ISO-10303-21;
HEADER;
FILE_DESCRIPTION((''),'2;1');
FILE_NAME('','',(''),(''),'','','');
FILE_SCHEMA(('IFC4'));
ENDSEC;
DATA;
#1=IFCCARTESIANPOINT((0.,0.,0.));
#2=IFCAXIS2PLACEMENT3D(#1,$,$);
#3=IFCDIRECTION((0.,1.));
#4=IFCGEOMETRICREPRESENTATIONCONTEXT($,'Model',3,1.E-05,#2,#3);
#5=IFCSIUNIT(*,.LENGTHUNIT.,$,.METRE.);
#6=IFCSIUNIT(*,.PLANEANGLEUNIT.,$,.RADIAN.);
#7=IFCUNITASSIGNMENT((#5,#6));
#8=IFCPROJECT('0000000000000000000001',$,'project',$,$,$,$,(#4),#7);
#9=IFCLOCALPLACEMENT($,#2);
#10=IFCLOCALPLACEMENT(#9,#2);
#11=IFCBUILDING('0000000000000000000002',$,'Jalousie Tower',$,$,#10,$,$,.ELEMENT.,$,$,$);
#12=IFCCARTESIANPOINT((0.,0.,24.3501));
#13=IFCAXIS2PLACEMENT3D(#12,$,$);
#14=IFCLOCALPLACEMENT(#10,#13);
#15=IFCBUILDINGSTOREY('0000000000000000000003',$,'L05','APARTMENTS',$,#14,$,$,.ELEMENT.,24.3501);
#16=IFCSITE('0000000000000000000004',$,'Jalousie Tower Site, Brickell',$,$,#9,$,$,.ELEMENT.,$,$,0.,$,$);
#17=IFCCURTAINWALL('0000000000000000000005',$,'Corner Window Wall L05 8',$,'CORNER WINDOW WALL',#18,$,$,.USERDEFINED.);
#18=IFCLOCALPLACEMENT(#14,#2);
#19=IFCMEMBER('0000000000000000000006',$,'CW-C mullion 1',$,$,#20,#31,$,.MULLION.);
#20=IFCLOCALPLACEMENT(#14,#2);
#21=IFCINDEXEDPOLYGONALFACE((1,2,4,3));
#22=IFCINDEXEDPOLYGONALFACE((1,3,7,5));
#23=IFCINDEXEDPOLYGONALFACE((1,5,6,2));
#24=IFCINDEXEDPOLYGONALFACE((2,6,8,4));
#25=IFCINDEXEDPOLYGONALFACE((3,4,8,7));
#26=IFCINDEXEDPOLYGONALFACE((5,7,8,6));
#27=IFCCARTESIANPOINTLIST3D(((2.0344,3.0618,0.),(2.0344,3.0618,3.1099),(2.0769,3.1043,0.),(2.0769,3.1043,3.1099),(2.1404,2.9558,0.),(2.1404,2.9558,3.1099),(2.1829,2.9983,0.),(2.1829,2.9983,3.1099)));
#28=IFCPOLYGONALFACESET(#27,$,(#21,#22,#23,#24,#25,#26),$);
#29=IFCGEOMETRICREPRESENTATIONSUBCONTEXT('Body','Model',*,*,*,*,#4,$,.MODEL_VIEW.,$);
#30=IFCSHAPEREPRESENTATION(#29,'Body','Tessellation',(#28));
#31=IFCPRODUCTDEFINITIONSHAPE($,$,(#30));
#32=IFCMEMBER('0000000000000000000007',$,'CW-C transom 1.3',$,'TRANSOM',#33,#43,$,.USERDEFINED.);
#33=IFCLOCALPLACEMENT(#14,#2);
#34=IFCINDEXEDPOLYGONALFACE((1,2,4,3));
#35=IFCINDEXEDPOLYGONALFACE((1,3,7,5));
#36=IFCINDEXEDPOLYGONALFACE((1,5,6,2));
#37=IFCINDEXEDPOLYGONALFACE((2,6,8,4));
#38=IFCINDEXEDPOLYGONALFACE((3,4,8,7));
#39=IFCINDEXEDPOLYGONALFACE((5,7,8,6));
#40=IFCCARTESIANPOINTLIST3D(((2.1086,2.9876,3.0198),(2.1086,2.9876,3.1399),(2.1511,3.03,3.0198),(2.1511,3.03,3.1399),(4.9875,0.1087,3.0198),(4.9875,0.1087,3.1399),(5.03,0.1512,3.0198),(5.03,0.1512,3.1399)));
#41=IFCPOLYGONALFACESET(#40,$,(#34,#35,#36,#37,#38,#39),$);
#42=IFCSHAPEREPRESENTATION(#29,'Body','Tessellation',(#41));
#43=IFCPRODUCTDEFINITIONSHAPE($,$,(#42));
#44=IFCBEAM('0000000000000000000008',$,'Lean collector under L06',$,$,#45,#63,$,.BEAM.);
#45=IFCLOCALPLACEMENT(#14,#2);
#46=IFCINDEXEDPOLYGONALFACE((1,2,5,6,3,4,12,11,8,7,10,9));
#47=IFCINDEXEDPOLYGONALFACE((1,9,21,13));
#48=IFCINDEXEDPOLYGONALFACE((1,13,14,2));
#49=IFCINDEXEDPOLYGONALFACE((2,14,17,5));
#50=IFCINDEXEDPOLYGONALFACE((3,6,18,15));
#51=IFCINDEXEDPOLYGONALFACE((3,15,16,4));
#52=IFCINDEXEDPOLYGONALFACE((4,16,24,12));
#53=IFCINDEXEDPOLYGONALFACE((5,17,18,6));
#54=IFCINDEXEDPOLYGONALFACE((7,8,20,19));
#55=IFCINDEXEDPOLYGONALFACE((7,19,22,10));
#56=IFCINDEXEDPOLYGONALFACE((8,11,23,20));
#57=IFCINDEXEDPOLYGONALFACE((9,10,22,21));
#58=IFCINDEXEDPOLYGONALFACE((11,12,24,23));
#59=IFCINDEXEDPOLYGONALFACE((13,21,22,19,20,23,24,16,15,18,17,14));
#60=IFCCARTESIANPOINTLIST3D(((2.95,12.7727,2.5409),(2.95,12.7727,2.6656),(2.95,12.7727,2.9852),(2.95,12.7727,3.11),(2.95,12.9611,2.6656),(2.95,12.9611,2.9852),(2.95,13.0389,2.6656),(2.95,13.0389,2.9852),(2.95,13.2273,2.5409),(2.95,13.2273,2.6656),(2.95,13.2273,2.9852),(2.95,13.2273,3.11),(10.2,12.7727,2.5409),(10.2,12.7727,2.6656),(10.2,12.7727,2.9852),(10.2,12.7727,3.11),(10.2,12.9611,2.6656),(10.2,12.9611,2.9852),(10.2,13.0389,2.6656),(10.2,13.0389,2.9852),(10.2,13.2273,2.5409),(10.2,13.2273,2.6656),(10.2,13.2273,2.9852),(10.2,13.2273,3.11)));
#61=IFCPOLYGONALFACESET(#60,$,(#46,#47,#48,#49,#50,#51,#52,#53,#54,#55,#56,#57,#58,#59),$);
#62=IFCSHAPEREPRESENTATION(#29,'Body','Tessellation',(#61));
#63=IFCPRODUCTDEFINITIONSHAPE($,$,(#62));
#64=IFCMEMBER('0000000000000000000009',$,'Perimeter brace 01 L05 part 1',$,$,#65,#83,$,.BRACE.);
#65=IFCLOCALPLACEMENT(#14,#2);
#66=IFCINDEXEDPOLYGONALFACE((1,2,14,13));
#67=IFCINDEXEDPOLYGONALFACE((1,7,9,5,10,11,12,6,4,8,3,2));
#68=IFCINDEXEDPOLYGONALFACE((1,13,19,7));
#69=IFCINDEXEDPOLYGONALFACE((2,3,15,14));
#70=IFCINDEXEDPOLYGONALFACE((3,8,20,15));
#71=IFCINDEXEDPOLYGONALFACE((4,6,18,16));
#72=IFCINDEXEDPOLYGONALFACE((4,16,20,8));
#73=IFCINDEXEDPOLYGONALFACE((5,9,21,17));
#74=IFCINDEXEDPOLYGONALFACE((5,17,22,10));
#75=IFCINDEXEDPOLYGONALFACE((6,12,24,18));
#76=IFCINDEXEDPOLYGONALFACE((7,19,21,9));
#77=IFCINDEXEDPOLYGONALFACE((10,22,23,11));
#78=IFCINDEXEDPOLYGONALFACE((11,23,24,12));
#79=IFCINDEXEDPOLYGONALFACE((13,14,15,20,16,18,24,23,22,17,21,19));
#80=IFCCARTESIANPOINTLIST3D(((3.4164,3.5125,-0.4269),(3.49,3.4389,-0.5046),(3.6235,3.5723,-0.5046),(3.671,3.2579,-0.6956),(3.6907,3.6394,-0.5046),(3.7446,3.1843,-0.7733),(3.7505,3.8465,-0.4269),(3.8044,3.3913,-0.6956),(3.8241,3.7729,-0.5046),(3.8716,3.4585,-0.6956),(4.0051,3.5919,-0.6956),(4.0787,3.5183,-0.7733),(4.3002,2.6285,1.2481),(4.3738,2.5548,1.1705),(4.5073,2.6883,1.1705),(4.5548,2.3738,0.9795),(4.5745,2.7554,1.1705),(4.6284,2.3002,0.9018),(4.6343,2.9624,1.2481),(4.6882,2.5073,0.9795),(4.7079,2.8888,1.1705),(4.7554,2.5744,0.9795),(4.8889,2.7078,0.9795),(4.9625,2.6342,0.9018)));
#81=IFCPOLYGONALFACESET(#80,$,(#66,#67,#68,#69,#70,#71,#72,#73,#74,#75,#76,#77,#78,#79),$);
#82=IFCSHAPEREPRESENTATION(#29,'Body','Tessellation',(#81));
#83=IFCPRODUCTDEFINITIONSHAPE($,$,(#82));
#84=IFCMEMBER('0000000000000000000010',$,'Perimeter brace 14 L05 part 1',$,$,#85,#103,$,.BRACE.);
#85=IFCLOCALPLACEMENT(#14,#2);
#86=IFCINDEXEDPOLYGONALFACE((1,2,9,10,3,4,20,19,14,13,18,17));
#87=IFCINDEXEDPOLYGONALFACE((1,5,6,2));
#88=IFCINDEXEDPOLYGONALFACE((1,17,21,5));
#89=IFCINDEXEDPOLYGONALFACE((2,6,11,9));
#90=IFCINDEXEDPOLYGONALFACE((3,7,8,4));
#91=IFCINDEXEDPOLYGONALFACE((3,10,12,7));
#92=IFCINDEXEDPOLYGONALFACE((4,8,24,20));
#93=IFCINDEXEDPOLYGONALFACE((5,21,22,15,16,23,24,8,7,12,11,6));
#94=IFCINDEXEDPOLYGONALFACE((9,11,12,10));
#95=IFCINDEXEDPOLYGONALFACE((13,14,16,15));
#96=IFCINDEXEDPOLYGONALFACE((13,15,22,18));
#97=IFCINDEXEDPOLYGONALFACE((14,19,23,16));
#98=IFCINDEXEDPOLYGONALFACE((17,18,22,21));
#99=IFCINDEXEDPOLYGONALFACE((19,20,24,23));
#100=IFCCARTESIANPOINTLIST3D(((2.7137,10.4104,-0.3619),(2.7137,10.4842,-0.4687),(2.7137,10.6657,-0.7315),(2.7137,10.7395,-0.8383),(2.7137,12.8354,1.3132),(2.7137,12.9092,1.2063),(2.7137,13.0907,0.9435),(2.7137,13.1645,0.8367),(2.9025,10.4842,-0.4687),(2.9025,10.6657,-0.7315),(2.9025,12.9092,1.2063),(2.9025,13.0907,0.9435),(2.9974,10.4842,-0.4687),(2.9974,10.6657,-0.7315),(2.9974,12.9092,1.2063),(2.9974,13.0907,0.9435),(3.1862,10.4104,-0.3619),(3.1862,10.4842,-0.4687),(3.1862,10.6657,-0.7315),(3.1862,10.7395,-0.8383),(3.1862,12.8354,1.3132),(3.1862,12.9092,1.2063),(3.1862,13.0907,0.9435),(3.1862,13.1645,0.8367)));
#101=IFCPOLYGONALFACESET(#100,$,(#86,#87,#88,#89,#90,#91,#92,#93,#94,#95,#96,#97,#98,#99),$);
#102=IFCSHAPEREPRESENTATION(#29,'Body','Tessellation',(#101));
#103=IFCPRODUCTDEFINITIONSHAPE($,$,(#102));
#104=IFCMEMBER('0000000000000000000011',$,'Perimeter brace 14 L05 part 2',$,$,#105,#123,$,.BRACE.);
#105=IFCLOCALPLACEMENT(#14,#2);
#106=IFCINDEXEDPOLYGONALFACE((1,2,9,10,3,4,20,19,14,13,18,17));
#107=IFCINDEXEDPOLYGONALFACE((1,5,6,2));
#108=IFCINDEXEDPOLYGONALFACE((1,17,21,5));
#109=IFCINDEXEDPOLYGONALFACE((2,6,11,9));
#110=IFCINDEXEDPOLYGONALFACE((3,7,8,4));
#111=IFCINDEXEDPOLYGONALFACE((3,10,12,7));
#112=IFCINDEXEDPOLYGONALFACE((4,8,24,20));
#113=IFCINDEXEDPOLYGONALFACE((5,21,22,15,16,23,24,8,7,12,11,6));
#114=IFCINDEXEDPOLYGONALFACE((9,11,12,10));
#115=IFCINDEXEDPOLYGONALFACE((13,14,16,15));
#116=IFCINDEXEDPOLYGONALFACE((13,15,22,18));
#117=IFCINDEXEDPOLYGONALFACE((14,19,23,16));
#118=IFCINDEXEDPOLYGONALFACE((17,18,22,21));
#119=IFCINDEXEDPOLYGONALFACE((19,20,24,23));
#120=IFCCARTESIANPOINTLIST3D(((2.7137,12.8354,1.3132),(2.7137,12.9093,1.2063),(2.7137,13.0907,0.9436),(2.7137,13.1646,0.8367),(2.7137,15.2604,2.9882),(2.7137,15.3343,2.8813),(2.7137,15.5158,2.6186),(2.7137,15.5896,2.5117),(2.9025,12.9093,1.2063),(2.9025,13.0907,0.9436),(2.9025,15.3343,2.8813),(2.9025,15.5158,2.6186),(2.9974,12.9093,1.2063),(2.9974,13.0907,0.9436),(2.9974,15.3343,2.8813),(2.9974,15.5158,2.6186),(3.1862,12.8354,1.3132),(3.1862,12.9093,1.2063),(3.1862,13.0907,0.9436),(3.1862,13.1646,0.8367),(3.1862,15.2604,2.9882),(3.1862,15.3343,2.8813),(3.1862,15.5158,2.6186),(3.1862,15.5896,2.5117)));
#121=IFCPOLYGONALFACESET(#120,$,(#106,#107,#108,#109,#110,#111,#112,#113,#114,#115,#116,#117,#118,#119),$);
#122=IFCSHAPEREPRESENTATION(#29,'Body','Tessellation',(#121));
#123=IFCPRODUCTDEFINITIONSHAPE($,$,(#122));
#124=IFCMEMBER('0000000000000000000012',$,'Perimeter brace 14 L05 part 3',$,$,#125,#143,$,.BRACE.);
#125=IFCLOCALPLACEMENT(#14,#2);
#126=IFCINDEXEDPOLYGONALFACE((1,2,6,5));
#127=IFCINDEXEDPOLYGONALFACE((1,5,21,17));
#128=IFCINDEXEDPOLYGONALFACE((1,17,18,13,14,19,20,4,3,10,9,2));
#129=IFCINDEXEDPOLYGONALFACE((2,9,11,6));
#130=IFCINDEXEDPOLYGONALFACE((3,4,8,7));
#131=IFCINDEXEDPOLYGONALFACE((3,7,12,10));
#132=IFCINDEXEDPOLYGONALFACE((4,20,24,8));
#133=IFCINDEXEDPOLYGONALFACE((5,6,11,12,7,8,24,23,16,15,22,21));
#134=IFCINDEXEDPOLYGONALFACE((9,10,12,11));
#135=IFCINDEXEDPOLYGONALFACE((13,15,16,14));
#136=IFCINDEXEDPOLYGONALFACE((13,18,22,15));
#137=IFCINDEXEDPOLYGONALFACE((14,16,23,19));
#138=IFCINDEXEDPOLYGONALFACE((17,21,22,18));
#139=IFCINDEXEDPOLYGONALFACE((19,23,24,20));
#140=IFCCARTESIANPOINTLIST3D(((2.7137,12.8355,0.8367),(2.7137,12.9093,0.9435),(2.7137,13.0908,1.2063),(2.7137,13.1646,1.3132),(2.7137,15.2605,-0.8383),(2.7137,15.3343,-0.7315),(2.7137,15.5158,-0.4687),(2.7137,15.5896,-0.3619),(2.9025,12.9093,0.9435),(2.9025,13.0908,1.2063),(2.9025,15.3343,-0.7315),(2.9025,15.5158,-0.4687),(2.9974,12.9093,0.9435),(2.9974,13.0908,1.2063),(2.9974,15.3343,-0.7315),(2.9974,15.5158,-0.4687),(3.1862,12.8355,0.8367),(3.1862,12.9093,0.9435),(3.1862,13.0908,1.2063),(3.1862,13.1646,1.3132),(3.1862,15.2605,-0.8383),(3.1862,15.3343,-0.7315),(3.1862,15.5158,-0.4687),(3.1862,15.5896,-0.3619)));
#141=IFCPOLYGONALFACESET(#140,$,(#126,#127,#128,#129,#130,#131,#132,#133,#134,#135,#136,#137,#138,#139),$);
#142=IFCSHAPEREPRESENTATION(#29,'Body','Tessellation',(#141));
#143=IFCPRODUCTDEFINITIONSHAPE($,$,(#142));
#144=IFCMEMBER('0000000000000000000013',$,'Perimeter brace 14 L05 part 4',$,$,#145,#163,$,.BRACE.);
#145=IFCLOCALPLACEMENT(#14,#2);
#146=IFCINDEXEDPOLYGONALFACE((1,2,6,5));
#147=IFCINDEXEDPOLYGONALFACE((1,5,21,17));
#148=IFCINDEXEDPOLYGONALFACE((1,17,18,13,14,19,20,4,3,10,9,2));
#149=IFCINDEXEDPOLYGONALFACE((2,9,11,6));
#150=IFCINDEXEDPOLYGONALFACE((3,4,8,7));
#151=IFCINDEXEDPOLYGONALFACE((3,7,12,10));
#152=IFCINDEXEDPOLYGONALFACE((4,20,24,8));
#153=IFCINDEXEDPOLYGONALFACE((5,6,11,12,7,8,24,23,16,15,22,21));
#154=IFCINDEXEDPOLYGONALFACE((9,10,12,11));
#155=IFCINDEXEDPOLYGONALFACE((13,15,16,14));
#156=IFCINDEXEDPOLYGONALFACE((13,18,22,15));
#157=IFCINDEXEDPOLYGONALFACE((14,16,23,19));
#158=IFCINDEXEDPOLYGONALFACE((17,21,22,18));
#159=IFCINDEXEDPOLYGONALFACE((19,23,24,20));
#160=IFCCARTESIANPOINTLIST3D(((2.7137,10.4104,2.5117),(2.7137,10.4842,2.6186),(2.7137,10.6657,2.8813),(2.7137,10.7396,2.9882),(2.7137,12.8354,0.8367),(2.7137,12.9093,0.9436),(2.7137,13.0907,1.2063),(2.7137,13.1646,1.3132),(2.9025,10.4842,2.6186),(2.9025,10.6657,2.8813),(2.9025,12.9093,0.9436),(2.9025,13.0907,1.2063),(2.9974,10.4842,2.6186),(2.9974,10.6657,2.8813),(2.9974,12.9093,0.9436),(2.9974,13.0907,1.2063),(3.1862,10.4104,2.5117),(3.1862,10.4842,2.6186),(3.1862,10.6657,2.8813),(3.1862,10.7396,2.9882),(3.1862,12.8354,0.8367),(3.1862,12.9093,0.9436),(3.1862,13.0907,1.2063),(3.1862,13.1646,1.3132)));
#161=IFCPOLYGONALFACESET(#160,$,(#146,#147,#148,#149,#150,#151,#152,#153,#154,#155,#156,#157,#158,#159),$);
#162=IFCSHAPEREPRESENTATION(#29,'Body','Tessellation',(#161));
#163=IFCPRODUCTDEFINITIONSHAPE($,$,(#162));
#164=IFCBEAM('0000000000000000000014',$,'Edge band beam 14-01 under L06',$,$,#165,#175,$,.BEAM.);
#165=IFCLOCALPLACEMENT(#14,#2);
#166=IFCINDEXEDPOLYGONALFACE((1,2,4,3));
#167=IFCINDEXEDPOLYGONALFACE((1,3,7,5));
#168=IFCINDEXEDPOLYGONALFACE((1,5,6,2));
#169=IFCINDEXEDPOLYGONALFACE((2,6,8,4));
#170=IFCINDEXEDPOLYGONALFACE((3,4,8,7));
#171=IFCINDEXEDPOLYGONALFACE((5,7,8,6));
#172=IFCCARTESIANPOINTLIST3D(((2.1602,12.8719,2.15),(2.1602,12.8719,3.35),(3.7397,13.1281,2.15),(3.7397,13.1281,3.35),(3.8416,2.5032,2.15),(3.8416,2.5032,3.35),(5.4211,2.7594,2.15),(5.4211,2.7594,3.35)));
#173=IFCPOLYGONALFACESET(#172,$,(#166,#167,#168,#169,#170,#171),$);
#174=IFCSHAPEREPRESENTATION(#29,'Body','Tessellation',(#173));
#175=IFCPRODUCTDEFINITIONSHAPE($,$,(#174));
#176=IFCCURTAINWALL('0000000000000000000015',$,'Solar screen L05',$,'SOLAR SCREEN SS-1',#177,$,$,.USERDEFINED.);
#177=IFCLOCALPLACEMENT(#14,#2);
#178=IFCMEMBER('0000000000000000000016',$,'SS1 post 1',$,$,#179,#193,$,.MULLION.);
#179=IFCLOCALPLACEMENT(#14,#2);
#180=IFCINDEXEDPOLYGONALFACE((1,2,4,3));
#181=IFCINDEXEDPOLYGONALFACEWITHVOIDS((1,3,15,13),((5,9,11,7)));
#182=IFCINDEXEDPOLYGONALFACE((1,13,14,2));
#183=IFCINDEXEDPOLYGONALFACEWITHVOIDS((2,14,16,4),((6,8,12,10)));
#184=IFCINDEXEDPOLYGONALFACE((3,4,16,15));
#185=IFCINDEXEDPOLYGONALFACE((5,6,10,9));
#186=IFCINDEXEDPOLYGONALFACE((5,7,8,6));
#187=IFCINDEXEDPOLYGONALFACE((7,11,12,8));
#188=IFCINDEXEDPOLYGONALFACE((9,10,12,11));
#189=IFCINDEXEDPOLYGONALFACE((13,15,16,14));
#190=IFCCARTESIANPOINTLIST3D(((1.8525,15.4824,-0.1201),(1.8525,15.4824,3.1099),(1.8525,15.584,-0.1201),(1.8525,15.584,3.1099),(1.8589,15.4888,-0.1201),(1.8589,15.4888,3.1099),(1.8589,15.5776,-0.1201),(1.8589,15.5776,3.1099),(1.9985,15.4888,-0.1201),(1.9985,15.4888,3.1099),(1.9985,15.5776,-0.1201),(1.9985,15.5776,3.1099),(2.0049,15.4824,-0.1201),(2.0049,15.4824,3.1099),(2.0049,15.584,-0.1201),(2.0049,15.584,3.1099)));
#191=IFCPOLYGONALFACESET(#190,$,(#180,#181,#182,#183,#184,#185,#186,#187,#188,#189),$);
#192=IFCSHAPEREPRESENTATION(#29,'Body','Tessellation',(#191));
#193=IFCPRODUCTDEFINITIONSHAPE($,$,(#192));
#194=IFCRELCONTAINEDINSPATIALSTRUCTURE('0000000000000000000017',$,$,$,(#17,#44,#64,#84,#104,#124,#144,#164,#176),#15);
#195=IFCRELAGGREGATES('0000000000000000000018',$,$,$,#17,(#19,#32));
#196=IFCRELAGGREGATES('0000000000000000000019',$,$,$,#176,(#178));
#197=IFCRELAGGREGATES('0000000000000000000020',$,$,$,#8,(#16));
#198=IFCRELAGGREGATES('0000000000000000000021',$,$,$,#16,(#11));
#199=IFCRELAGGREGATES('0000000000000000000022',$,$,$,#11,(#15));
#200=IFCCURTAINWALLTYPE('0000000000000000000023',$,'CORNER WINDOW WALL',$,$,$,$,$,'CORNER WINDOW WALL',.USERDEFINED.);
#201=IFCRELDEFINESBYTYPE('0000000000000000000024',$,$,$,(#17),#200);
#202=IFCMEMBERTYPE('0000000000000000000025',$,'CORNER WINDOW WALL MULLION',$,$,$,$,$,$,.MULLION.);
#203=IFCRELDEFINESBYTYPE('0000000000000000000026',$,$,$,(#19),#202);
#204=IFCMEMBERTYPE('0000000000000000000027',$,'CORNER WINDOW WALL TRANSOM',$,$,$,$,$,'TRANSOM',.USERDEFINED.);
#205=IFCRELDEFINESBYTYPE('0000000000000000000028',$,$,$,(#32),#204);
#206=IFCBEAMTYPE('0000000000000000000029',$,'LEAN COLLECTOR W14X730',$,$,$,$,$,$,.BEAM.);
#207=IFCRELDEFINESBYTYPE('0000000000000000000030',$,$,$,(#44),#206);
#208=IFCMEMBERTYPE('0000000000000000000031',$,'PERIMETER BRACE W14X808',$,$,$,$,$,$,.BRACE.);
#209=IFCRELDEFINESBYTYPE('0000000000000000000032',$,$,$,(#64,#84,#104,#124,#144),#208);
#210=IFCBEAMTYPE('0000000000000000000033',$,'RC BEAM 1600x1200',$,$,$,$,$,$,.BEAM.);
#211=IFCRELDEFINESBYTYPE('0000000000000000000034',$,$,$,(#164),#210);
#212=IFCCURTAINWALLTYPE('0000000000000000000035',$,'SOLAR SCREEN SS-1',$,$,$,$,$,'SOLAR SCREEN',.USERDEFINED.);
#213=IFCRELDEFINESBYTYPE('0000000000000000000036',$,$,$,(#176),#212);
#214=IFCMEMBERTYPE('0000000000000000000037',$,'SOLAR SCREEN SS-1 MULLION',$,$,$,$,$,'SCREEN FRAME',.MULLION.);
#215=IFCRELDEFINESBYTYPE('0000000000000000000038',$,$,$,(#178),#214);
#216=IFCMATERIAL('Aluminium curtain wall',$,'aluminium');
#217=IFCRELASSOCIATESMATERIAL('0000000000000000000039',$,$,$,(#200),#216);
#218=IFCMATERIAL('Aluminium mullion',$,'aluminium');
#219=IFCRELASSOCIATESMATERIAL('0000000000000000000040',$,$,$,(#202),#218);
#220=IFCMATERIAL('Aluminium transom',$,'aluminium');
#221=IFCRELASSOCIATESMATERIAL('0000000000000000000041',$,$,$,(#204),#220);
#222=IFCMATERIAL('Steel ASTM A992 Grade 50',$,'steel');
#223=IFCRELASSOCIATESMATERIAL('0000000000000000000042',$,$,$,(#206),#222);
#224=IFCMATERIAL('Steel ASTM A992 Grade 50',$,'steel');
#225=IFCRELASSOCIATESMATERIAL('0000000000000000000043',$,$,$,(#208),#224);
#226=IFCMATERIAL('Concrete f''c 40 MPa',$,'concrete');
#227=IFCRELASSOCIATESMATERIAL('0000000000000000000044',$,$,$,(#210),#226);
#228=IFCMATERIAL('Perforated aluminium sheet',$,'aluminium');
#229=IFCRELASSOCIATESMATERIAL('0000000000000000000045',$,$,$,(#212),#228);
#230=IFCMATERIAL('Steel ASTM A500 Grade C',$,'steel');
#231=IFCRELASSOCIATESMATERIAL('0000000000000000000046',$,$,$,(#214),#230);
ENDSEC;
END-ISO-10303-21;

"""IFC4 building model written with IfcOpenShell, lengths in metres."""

from ifc_helpers import new_model, si_unit, direction, frame, origin, origin_2d, place, context, subcontext, project, spatial, rectangle, hollow_rectangle, i_section, extrude, material, material_profile, profile_set, type_object, element, aggregate, save


model = new_model("IFC4")

# Units and contexts
model_context = context("Model", 3, precision=1e-05, world=origin(), true_north=direction((0.0, 1.0)))
body_context = subcontext(model_context, "Body", "Model", "MODEL_VIEW")
ifc_project = project(units=[si_unit("LENGTHUNIT", "METRE"), si_unit("PLANEANGLEUNIT", "RADIAN")], contexts=[model_context])

# Site, building, storey
site_placement = place(None, origin())
site = spatial("IfcSite", under=ifc_project, at=site_placement, Name="Jalousie Tower Site, Brickell", CompositionType="ELEMENT", RefElevation=0.0)
building_placement = place(site_placement, origin())
building = spatial("IfcBuilding", under=site, at=building_placement, Name="Jalousie Tower", CompositionType="ELEMENT")
storey_placement = place(building_placement, frame((0.0, 0.0, 24.3501)))
storey = spatial("IfcBuildingStorey", under=building, at=storey_placement, Name="L05", Description="APARTMENTS", CompositionType="ELEMENT", Elevation=24.3501)

# Curtain wall, members
ifc_material_1 = material(Name="Aluminium curtain wall", Category="aluminium")
curtain_wall_type_1 = type_object("IfcCurtainWallType", Name="CORNER WINDOW WALL", ElementType="CORNER WINDOW WALL", PredefinedType="USERDEFINED", material=ifc_material_1)
curtain_wall_1_placement = place(storey_placement, origin())
curtain_wall_1 = element("IfcCurtainWall", 1, at=curtain_wall_1_placement, inside=storey, type_object=curtain_wall_type_1, Name="Corner Window Wall L05 8", ObjectType="CORNER WINDOW WALL", PredefinedType="USERDEFINED")
ifc_material_2 = material(Name="Aluminium mullion", Category="aluminium")
ifc_material_profile_1 = material_profile(ifc_material_2, rectangle(XDim=0.0601, YDim=0.1499, at=origin_2d()), Name="MULLION 60x150")
ifc_profile_set_1 = profile_set([ifc_material_profile_1], Name="Aluminium mullion")
member_type_1 = type_object("IfcMemberType", Name="CORNER WINDOW WALL MULLION", PredefinedType="MULLION", material=ifc_profile_set_1)
member_1_placement = place(storey_placement, frame((2.1086, 3.03, 0.0), z_axis=(0.0, 0.0, 1.0), x_axis=(0.707107, 0.707107, 0.0)))
member_1 = element("IfcMember", 2, at=member_1_placement, type_object=member_type_1, Name="CW-C mullion 1", PredefinedType="MULLION", context=body_context, shape_type="SweptSolid", body=[
    extrude(rectangle(XDim=0.0601, YDim=0.1499, at=origin_2d()), origin(), (0.0, 0.0, 1.0), 3.1099),
])
ifc_material_3 = material(Name="Aluminium transom", Category="aluminium")
ifc_material_profile_2 = material_profile(ifc_material_3, rectangle(XDim=0.0601, YDim=0.1201, at=origin_2d()), Name="TRANSOM 60x120")
ifc_profile_set_2 = profile_set([ifc_material_profile_2], Name="Aluminium transom")
member_type_2 = type_object("IfcMemberType", Name="CORNER WINDOW WALL TRANSOM", ElementType="TRANSOM", PredefinedType="USERDEFINED", material=ifc_profile_set_2)
member_2_placement = place(storey_placement, frame((2.1299, 3.0088, 3.0798), z_axis=(0.707107, -0.707107, 0.0), x_axis=(0.707107, 0.707107, 0.0)))
member_2 = element("IfcMember", 3, at=member_2_placement, type_object=member_type_2, Name="CW-C transom 1.3", ObjectType="TRANSOM", PredefinedType="USERDEFINED", context=body_context, shape_type="SweptSolid", body=[
    extrude(rectangle(XDim=0.0601, YDim=0.1201, at=origin_2d()), origin(), (0.0, 0.0, 1.0), 4.0713),
])
aggregate(curtain_wall_1, [member_1, member_2])

# Beam
ifc_material_4 = material(Name="Steel ASTM A992 Grade 50", Category="steel")
ifc_material_profile_3 = material_profile(ifc_material_4, i_section(OverallWidth=0.4546, OverallDepth=0.5691, WebThickness=0.0779, FlangeThickness=0.1248, at=origin_2d()), Name="W14X730")
ifc_profile_set_3 = profile_set([ifc_material_profile_3], Name="Steel ASTM A992 Grade 50")
beam_type_1 = type_object("IfcBeamType", Name="LEAN COLLECTOR W14X730", PredefinedType="BEAM", material=ifc_profile_set_3)
beam_1_placement = place(storey_placement, frame((2.95, 13.0, 2.8254), z_axis=(1.0, 0.0, 0.0), x_axis=(0.0, 1.0, 0.0)))
element("IfcBeam", 4, at=beam_1_placement, inside=storey, type_object=beam_type_1, Name="Lean collector under L06", PredefinedType="BEAM", context=body_context, shape_type="SweptSolid", body=[
    extrude(i_section(OverallWidth=0.4546, OverallDepth=0.5691, WebThickness=0.0779, FlangeThickness=0.1248, at=origin_2d()), origin(), (0.0, 0.0, 1.0), 7.25),
])

# Members
ifc_material_5 = material(Name="Steel ASTM A992 Grade 50", Category="steel")
ifc_material_profile_4 = material_profile(ifc_material_5, i_section(OverallWidth=0.4724, OverallDepth=0.5791, WebThickness=0.095, FlangeThickness=0.1299, at=origin_2d()), Name="W14X808")
ifc_profile_set_4 = profile_set([ifc_material_profile_4], Name="Steel ASTM A992 Grade 50")
member_type_3 = type_object("IfcMemberType", Name="PERIMETER BRACE W14X808", PredefinedType="BRACE", material=ifc_profile_set_4)
member_3_placement = place(storey_placement, frame((3.7476, 3.5154, -0.6001), z_axis=(0.422852, -0.422969, 0.801432), x_axis=(0.707204, 0.707009, 0.0)))
element("IfcMember", 5, at=member_3_placement, inside=storey, type_object=member_type_3, Name="Perimeter brace 01 L05 part 1", PredefinedType="BRACE", context=body_context, shape_type="SweptSolid", body=[
    extrude(i_section(OverallWidth=0.4724, OverallDepth=0.5791, WebThickness=0.095, FlangeThickness=0.1299, at=origin_2d()), origin(), (0.0, 0.0, 1.0), 2.0901),
])
for number, where, z_axis, x_axis, name in (
    (6, (2.95, 10.575, -0.6001), (0.0, 0.8228, 0.568331), (-1.0, 0.0, 0.0), "Perimeter brace 14 L05 part 1"),
    (7, (2.95, 13.0, 1.075), (0.0, 0.8228, 0.568331), (-1.0, 0.0, 0.0), "Perimeter brace 14 L05 part 2"),
    (8, (2.95, 15.425, -0.6001), (0.0, -0.8228, 0.568331), (1.0, 0.0, 0.0), "Perimeter brace 14 L05 part 3"),
    (9, (2.95, 13.0, 1.075), (0.0, -0.8228, 0.568331), (1.0, 0.0, 0.0), "Perimeter brace 14 L05 part 4"),
):
    element("IfcMember", number, at=place(storey_placement, frame(where, z_axis=z_axis, x_axis=x_axis)), inside=storey, type_object=member_type_3, Name=name, PredefinedType="BRACE", context=body_context, shape_type="SweptSolid", body=[
        extrude(i_section(OverallWidth=0.4724, OverallDepth=0.5791, WebThickness=0.095, FlangeThickness=0.1299, at=origin_2d()), origin(), (0.0, 0.0, 1.0), 2.9473),
    ])

# Beam
ifc_material_6 = material(Name="Concrete f'c 40 MPa", Category="concrete")
ifc_material_profile_5 = material_profile(ifc_material_6, rectangle(XDim=1.6001, YDim=1.2, at=origin_2d()), Name="RC 1600x1200")
ifc_profile_set_5 = profile_set([ifc_material_profile_5], Name="Concrete f'c 40 MPa")
beam_type_2 = type_object("IfcBeamType", Name="RC BEAM 1600x1200", PredefinedType="BEAM", material=ifc_profile_set_5)
beam_2_placement = place(storey_placement, frame((2.95, 13.0, 2.75), z_axis=(0.160071, -0.987106, 0.0), x_axis=(0.987106, 0.160071, 0.0)))
element("IfcBeam", 10, at=beam_2_placement, inside=storey, type_object=beam_type_2, Name="Edge band beam 14-01 under L06", PredefinedType="BEAM", context=body_context, shape_type="SweptSolid", body=[
    extrude(rectangle(XDim=1.6001, YDim=1.2, at=origin_2d()), origin(), (0.0, 0.0, 1.0), 10.5042),
])

# Curtain wall, member
ifc_material_7 = material(Name="Perforated aluminium sheet", Category="aluminium")
curtain_wall_type_2 = type_object("IfcCurtainWallType", Name="SOLAR SCREEN SS-1", ElementType="SOLAR SCREEN", PredefinedType="USERDEFINED", material=ifc_material_7)
curtain_wall_2_placement = place(storey_placement, origin())
curtain_wall_2 = element("IfcCurtainWall", 11, at=curtain_wall_2_placement, inside=storey, type_object=curtain_wall_type_2, Name="Solar screen L05", ObjectType="SOLAR SCREEN SS-1", PredefinedType="USERDEFINED")
ifc_material_8 = material(Name="Steel ASTM A500 Grade C", Category="steel")
ifc_material_profile_6 = material_profile(ifc_material_8, hollow_rectangle(XDim=0.1016, YDim=0.1523, WallThickness=0.0063, at=origin_2d()), Name="HSS6X4X1/4")
ifc_profile_set_6 = profile_set([ifc_material_profile_6], Name="Steel ASTM A500 Grade C")
member_type_4 = type_object("IfcMemberType", Name="SOLAR SCREEN SS-1 MULLION", ElementType="SCREEN FRAME", PredefinedType="MULLION", material=ifc_profile_set_6)
member_4_placement = place(storey_placement, frame((1.9287, 15.5332, -0.1201), z_axis=(0.0, 0.0, 1.0), x_axis=(0.0, -1.0, 0.0)))
member_4 = element("IfcMember", 12, at=member_4_placement, type_object=member_type_4, Name="SS1 post 1", PredefinedType="MULLION", context=body_context, shape_type="SweptSolid", body=[
    extrude(hollow_rectangle(XDim=0.1016, YDim=0.1523, WallThickness=0.0063, at=origin_2d()), origin(), (0.0, 0.0, 1.0), 3.23),
])

aggregate(curtain_wall_2, [member_4])

save(model, "model.ifc")
